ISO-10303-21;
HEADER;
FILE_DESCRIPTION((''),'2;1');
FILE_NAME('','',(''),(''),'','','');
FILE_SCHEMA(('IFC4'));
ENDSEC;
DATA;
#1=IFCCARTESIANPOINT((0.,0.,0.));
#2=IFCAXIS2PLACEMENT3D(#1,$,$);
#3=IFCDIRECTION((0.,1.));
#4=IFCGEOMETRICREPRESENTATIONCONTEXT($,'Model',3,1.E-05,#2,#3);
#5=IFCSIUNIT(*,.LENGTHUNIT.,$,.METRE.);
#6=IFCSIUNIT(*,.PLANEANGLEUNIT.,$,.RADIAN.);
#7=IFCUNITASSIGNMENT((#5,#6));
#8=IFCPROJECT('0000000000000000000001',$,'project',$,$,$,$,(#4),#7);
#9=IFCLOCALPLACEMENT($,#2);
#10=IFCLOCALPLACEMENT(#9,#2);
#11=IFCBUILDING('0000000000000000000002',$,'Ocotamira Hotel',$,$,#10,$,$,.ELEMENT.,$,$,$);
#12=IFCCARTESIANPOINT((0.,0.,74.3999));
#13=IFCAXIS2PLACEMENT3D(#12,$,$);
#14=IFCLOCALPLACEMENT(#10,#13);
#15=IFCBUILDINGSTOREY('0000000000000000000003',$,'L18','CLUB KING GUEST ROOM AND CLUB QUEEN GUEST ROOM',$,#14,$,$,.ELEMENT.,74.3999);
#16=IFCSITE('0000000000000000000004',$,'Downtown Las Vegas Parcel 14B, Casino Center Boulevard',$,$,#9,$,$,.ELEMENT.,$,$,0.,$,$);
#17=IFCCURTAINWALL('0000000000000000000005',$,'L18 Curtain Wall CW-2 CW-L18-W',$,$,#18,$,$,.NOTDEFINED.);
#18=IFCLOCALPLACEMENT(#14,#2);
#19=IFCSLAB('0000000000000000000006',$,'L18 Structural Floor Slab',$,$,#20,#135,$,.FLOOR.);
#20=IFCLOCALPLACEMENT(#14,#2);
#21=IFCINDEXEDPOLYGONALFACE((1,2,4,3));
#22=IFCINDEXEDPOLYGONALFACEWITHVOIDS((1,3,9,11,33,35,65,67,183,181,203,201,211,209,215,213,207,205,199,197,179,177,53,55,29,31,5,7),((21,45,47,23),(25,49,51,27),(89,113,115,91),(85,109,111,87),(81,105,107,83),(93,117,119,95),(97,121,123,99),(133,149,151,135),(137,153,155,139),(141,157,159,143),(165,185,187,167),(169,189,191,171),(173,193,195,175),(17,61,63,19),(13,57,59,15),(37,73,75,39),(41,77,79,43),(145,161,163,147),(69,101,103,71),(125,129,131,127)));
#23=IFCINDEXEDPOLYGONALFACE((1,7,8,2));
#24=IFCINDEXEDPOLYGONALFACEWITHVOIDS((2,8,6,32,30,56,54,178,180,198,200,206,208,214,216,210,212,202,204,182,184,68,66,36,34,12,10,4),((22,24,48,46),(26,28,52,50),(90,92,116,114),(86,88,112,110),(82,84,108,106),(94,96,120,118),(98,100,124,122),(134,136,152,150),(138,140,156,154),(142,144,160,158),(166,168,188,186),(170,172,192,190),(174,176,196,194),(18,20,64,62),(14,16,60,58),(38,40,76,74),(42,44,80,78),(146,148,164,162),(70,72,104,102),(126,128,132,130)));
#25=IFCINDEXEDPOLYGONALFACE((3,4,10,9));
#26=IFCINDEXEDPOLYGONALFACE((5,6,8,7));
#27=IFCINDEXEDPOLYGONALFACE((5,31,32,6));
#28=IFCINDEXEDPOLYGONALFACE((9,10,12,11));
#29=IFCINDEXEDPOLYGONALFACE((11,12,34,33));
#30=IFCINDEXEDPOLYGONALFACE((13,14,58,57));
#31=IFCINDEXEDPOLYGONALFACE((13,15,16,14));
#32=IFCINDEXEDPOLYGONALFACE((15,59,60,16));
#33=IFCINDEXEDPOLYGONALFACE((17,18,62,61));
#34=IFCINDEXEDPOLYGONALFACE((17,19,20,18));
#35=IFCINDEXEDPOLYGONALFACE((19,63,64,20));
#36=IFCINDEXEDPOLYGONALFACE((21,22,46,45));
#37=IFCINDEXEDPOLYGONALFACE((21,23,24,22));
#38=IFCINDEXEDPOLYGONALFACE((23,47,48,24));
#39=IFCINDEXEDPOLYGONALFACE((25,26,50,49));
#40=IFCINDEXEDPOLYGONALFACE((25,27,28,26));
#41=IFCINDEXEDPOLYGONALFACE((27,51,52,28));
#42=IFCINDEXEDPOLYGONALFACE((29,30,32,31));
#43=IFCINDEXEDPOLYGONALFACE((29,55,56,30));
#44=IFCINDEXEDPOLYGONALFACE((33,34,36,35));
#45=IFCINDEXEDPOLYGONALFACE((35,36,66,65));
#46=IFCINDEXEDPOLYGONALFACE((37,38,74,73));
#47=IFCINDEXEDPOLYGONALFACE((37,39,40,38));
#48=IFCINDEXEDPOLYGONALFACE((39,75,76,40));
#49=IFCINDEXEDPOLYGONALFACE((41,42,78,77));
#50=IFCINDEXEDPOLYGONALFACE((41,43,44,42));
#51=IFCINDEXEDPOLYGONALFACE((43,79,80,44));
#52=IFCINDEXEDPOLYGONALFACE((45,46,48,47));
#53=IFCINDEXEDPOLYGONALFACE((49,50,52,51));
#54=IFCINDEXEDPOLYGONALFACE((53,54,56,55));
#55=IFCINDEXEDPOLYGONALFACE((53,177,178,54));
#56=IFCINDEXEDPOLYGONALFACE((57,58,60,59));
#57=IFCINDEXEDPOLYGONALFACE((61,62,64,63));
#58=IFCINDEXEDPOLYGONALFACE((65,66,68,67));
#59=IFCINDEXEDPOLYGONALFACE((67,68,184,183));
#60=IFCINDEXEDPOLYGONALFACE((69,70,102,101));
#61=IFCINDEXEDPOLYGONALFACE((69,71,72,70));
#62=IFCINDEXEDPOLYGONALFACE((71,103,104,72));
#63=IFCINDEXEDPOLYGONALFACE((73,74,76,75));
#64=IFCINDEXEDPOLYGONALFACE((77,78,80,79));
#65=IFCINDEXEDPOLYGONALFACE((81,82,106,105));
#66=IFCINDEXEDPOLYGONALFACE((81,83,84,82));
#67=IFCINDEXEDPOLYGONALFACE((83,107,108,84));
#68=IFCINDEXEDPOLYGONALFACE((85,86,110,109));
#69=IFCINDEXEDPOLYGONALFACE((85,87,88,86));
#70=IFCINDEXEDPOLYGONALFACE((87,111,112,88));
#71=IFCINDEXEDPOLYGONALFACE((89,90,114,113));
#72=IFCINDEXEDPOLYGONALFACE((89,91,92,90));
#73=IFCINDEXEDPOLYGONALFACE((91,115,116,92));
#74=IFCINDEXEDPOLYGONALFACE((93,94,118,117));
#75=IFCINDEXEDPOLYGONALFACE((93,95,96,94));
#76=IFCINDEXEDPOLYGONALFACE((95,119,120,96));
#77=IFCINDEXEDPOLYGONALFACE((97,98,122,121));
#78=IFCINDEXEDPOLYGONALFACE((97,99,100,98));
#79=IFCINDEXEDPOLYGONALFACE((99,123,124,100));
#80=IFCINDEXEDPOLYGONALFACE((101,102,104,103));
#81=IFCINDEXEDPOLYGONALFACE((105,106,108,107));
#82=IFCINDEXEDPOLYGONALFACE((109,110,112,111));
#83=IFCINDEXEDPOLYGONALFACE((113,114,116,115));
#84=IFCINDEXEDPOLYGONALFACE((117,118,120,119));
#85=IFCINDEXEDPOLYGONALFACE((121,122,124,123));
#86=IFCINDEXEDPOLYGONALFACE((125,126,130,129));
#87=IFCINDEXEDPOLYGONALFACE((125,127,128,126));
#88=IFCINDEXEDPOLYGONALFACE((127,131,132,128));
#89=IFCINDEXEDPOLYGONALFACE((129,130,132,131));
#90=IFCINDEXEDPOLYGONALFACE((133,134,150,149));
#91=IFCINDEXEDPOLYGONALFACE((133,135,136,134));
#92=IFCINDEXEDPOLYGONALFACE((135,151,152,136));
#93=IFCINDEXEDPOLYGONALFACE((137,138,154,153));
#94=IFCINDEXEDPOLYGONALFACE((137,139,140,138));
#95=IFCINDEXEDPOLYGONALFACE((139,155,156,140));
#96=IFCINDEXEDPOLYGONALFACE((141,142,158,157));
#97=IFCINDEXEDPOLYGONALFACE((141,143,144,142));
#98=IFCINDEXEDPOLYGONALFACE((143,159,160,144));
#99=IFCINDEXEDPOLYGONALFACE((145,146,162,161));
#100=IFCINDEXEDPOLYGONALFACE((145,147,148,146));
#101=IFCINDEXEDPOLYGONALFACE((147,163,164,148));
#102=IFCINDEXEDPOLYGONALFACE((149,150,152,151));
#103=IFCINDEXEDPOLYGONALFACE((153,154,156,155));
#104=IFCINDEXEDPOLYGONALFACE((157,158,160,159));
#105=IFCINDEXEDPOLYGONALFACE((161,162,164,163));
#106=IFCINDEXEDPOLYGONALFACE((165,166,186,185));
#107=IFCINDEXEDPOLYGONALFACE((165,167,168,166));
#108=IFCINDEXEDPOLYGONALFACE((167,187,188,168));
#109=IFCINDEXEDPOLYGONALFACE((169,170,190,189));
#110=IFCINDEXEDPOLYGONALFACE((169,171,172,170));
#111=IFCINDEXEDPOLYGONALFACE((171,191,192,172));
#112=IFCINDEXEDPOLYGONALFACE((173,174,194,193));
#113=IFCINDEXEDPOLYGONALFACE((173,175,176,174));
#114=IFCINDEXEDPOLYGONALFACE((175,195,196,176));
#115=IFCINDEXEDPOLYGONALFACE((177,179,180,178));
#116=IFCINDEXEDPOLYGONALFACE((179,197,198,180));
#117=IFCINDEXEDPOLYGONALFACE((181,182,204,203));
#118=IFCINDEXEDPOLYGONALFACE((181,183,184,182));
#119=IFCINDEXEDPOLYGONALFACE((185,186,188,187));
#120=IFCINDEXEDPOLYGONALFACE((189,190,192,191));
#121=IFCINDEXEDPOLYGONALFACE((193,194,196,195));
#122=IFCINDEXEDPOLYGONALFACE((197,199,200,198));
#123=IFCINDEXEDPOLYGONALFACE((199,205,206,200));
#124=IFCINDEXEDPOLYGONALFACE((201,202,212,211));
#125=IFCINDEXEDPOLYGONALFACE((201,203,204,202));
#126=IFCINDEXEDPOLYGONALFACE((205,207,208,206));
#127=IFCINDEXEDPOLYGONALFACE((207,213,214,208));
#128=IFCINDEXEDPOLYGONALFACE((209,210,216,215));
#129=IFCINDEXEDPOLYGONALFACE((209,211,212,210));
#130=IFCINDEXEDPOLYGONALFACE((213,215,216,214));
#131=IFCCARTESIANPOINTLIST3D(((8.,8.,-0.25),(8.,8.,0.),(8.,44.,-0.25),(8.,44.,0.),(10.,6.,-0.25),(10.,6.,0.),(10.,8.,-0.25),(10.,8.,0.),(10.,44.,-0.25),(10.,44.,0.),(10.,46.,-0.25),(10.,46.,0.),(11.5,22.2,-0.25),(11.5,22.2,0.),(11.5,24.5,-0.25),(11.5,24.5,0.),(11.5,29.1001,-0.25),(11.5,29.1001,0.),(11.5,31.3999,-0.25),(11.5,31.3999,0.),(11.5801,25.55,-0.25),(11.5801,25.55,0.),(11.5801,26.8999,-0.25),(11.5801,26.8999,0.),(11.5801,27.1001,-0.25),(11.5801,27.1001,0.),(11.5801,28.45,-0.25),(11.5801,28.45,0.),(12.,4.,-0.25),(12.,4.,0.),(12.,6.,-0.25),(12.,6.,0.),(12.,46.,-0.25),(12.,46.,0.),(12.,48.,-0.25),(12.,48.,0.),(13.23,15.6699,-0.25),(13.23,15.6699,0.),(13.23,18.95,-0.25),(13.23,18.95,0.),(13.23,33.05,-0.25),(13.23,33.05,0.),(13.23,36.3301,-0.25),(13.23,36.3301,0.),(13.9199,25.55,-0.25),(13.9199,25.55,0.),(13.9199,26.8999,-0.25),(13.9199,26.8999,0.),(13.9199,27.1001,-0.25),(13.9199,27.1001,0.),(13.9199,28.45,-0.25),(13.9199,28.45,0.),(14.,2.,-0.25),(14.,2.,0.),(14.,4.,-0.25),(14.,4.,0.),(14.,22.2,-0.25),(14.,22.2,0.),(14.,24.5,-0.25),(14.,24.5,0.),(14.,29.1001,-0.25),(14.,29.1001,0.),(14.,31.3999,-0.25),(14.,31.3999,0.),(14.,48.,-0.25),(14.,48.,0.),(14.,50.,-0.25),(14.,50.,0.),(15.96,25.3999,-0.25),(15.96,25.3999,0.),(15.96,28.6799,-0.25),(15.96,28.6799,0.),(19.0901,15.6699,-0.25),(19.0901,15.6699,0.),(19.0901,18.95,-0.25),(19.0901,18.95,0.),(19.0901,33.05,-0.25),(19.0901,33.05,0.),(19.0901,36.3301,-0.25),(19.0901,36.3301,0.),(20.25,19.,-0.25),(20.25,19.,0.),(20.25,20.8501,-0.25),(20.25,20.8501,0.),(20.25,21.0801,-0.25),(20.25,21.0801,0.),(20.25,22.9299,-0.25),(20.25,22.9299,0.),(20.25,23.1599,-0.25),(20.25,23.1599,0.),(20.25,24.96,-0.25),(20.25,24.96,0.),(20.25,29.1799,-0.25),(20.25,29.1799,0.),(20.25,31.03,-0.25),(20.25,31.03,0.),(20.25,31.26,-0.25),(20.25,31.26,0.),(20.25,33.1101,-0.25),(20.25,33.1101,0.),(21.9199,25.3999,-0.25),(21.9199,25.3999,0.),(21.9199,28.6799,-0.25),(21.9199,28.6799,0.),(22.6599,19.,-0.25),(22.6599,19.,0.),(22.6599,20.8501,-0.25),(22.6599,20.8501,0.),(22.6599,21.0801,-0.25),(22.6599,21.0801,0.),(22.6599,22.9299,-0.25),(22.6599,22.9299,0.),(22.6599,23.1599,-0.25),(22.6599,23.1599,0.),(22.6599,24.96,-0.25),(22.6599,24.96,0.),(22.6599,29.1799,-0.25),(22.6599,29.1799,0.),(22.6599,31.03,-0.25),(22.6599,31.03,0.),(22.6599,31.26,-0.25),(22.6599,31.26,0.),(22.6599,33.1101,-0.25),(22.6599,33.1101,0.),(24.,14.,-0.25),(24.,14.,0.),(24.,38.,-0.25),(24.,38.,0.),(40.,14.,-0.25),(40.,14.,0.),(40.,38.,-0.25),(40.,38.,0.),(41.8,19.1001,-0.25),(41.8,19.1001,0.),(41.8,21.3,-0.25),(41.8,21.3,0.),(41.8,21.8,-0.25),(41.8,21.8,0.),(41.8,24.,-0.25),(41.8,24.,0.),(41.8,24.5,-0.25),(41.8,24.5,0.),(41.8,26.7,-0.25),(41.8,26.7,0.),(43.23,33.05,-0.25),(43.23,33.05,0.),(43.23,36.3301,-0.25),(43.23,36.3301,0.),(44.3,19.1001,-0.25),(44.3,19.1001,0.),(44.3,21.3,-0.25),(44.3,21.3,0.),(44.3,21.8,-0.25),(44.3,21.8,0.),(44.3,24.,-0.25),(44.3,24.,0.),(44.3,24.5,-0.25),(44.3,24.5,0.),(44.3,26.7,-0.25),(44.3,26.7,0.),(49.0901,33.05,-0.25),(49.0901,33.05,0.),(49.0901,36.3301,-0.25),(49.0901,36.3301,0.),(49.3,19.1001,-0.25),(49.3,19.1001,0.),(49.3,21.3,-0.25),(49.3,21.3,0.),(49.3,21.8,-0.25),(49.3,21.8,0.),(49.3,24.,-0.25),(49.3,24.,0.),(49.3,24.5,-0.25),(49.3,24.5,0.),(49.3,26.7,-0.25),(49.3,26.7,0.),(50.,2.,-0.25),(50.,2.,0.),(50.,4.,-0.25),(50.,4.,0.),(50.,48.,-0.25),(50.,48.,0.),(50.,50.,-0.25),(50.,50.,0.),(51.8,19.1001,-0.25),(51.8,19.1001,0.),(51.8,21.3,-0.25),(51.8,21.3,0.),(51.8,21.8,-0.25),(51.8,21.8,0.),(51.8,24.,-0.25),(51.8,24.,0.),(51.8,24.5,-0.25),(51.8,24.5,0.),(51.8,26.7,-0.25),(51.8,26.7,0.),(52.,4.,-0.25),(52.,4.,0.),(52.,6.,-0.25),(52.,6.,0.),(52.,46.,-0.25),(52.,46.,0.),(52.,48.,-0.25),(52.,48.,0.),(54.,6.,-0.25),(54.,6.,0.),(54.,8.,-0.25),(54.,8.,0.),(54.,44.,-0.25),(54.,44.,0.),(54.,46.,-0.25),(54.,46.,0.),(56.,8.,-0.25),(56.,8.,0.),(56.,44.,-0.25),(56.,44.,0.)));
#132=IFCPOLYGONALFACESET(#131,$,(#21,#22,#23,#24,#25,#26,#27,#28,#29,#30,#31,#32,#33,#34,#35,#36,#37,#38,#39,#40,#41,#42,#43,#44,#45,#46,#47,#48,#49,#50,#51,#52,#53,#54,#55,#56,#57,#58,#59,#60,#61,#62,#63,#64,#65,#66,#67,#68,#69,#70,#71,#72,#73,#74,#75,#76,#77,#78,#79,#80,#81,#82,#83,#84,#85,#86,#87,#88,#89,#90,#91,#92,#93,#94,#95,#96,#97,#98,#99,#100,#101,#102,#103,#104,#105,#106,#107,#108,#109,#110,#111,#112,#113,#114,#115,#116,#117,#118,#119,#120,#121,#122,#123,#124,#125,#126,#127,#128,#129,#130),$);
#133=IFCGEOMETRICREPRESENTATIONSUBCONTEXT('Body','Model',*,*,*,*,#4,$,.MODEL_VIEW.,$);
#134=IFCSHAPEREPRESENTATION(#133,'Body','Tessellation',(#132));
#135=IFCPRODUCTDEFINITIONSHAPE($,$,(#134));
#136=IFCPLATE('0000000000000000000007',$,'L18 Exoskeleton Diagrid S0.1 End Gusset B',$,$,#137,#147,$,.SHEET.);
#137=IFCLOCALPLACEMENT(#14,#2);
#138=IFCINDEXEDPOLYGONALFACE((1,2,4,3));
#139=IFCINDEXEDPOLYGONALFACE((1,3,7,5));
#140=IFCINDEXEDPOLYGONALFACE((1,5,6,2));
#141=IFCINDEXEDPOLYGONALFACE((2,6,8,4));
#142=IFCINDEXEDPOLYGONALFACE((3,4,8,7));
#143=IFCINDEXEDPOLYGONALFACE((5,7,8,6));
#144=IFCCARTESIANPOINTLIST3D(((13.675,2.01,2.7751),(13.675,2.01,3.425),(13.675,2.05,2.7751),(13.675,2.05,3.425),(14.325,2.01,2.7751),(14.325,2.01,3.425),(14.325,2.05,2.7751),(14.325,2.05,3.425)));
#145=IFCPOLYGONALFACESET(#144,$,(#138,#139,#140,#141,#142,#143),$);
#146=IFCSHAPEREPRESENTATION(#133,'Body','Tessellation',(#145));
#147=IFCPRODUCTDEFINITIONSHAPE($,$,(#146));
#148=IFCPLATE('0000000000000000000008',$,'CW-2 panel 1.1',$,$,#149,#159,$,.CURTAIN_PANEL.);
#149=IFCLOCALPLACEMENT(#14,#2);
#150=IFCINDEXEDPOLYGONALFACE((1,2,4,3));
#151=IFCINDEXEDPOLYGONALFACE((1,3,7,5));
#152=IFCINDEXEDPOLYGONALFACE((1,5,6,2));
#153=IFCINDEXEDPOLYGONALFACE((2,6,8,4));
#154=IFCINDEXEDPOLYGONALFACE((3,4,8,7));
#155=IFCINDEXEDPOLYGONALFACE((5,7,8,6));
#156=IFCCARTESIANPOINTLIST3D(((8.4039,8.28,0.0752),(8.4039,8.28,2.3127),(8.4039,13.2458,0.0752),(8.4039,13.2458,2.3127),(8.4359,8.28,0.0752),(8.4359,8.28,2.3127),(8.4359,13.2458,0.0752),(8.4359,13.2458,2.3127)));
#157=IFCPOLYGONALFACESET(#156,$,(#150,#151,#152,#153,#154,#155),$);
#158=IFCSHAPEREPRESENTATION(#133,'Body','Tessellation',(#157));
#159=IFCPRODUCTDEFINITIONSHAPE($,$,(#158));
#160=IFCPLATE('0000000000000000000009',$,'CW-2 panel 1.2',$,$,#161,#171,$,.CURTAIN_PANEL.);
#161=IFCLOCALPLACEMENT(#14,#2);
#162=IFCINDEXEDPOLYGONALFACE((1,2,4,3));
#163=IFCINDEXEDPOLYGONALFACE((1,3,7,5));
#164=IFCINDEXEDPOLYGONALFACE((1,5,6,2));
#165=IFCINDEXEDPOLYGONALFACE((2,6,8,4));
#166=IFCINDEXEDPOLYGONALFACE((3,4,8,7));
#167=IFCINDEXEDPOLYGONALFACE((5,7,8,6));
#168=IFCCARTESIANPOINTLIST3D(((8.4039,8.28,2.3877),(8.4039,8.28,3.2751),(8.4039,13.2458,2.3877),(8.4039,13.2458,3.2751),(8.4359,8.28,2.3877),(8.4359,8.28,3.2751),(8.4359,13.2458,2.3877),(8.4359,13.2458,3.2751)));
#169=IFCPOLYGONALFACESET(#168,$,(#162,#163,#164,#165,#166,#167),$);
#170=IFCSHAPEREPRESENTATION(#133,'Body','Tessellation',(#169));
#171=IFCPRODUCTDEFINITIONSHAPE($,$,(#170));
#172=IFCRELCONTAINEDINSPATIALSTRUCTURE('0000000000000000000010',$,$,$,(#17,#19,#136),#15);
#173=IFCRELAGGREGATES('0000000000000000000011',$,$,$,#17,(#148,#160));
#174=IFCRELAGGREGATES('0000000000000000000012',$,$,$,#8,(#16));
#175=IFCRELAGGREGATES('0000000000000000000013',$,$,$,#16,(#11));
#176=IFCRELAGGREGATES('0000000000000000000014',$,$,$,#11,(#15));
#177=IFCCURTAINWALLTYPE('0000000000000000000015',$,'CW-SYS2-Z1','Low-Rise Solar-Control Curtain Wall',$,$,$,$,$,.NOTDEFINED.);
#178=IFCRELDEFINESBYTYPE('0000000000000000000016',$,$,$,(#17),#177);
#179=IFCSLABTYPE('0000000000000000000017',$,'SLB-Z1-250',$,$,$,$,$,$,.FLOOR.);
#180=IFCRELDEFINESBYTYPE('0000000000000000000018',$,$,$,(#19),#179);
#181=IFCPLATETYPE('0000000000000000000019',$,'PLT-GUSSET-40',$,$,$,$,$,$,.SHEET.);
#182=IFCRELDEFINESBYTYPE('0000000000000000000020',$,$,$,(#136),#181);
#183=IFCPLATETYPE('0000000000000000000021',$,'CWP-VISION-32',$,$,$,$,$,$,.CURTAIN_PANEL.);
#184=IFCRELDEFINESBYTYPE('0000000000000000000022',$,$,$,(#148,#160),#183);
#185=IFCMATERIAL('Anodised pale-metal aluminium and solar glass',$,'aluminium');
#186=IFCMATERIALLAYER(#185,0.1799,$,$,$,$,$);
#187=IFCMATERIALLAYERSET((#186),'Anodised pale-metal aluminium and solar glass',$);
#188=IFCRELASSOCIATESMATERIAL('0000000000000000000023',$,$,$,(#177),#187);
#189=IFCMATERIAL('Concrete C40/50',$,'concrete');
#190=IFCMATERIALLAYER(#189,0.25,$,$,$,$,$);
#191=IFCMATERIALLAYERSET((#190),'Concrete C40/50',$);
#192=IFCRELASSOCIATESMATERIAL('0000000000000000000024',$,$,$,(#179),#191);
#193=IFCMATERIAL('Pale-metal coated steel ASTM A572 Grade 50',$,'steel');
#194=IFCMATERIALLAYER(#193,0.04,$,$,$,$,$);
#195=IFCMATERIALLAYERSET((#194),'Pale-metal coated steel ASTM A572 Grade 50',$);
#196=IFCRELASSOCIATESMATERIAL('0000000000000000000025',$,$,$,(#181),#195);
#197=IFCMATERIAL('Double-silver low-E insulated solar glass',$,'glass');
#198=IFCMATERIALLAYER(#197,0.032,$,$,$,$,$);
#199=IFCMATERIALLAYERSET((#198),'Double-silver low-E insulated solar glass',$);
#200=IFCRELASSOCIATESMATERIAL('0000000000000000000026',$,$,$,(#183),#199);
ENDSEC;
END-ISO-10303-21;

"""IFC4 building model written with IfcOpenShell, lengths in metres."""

from ifc_helpers import new_model, si_unit, direction, frame, origin, origin_2d, place, context, subcontext, project, spatial, polyline, rectangle, outline, extrude, source, transform, mapped, material, layer, layer_set, type_object, element, aggregate, save


model = new_model("IFC4")

# Units and contexts
model_context = context("Model", 3, precision=1e-05, world=origin(), true_north=direction((0.0, 1.0)))
body_context = subcontext(model_context, "Body", "Model", "MODEL_VIEW")
ifc_project = project(units=[si_unit("LENGTHUNIT", "METRE"), si_unit("PLANEANGLEUNIT", "RADIAN")], contexts=[model_context])

# Site, building, storey
site_placement = place(None, origin())
site = spatial("IfcSite", under=ifc_project, at=site_placement, Name="Downtown Las Vegas Parcel 14B, Casino Center Boulevard", CompositionType="ELEMENT", RefElevation=0.0)
building_placement = place(site_placement, origin())
building = spatial("IfcBuilding", under=site, at=building_placement, Name="Ocotamira Hotel", CompositionType="ELEMENT")
storey_placement = place(building_placement, frame((0.0, 0.0, 74.3999)))
storey = spatial("IfcBuildingStorey", under=building, at=storey_placement, Name="L18", Description="CLUB KING GUEST ROOM AND CLUB QUEEN GUEST ROOM", CompositionType="ELEMENT", Elevation=74.3999)

# Curtain wall
ifc_material_1 = material(Name="Anodised pale-metal aluminium and solar glass", Category="aluminium")
ifc_layer_1 = layer(ifc_material_1, 0.1799)
ifc_layer_set_1 = layer_set([ifc_layer_1], Name="Anodised pale-metal aluminium and solar glass")
curtain_wall_type = type_object("IfcCurtainWallType", Name="CW-SYS2-Z1", Description="Low-Rise Solar-Control Curtain Wall", PredefinedType="NOTDEFINED", material=ifc_layer_set_1)
curtain_wall_1_placement = place(storey_placement, origin())
curtain_wall_1 = element("IfcCurtainWall", 1, at=curtain_wall_1_placement, inside=storey, type_object=curtain_wall_type, Name="L18 Curtain Wall CW-2 CW-L18-W", PredefinedType="NOTDEFINED")

# Shared definitions
ifc_material_2 = material(Name="Concrete C40/50", Category="concrete")

# Slab
ifc_layer_2 = layer(ifc_material_2, 0.25)
ifc_layer_set_2 = layer_set([ifc_layer_2], Name="Concrete C40/50")
slab_type_1 = type_object("IfcSlabType", Name="SLB-Z1-250", PredefinedType="FLOOR", material=ifc_layer_set_2)
slab_1_placement = place(storey_placement, frame((0.0, 0.0, -0.25)))
element("IfcSlab", 2, at=slab_1_placement, inside=storey, type_object=slab_type_1, Name="L18 Structural Floor Slab", PredefinedType="FLOOR", context=body_context, shape_type="SweptSolid", body=[
    extrude(outline(polyline([(14.0, 2.0), (50.0, 2.0), (50.0, 4.0), (52.0, 4.0), (52.0, 6.0), (54.0, 6.0), (54.0, 8.0), (56.0, 8.0), (56.0, 44.0), (54.0, 44.0), (54.0, 46.0), (52.0, 46.0), (52.0, 48.0), (50.0, 48.0), (50.0, 50.0), (14.0, 50.0), (14.0, 48.0), (12.0, 48.0), (12.0, 46.0), (10.0, 46.0), (10.0, 44.0), (8.0, 44.0), (8.0, 8.0), (10.0, 8.0), (10.0, 6.0), (12.0, 6.0), (12.0, 4.0), (14.0, 4.0), (14.0, 2.0)]), holes=[polyline([(24.0, 14.0), (40.0, 14.0), (40.0, 38.0), (24.0, 38.0), (24.0, 14.0)]), polyline([(13.23, 15.6699), (19.0901, 15.6699), (19.0901, 18.95), (13.23, 18.95), (13.23, 15.6699)]), polyline([(13.23, 33.05), (19.0901, 33.05), (19.0901, 36.3301), (13.23, 36.3301), (13.23, 33.05)]), polyline([(15.96, 25.3999), (21.9199, 25.3999), (21.9199, 28.6799), (15.96, 28.6799), (15.96, 25.3999)]), polyline([(43.23, 33.05), (49.0901, 33.05), (49.0901, 36.3301), (43.23, 36.3301), (43.23, 33.05)]), polyline([(49.3, 19.1001), (51.8, 19.1001), (51.8, 21.3), (49.3, 21.3), (49.3, 19.1001)]), polyline([(49.3, 21.8), (51.8, 21.8), (51.8, 24.0), (49.3, 24.0), (49.3, 21.8)]), polyline([(49.3, 24.5), (51.8, 24.5), (51.8, 26.7), (49.3, 26.7), (49.3, 24.5)]), polyline([(41.8, 19.1001), (44.3, 19.1001), (44.3, 21.3), (41.8, 21.3), (41.8, 19.1001)]), polyline([(41.8, 21.8), (44.3, 21.8), (44.3, 24.0), (41.8, 24.0), (41.8, 21.8)]), polyline([(41.8, 24.5), (44.3, 24.5), (44.3, 26.7), (41.8, 26.7), (41.8, 24.5)]), polyline([(20.25, 19.0), (22.6599, 19.0), (22.6599, 20.8501), (20.25, 20.8501), (20.25, 19.0)]), polyline([(20.25, 21.0801), (22.6599, 21.0801), (22.6599, 22.9299), (20.25, 22.9299), (20.25, 21.0801)]), polyline([(20.25, 23.1599), (22.6599, 23.1599), (22.6599, 24.96), (20.25, 24.96), (20.25, 23.1599)]), polyline([(20.25, 29.1799), (22.6599, 29.1799), (22.6599, 31.03), (20.25, 31.03), (20.25, 29.1799)]), polyline([(20.25, 31.26), (22.6599, 31.26), (22.6599, 33.1101), (20.25, 33.1101), (20.25, 31.26)]), polyline([(11.5, 22.2), (14.0, 22.2), (14.0, 24.5), (11.5, 24.5), (11.5, 22.2)]), polyline([(11.5, 29.1001), (14.0, 29.1001), (14.0, 31.3999), (11.5, 31.3999), (11.5, 29.1001)]), polyline([(11.5801, 25.55), (13.9199, 25.55), (13.9199, 26.8999), (11.5801, 26.8999), (11.5801, 25.55)]), polyline([(11.5801, 27.1001), (13.9199, 27.1001), (13.9199, 28.45), (11.5801, 28.45), (11.5801, 27.1001)])]), origin(), (0.0, 0.0, 1.0), 0.25),
])

# Plates
ifc_material_3 = material(Name="Pale-metal coated steel ASTM A572 Grade 50", Category="steel")
ifc_layer_3 = layer(ifc_material_3, 0.04)
ifc_layer_set_3 = layer_set([ifc_layer_3], Name="Pale-metal coated steel ASTM A572 Grade 50")
plate_type_1 = type_object("IfcPlateType", Name="PLT-GUSSET-40", PredefinedType="SHEET", material=ifc_layer_set_3)
shared_shape_1 = source(origin(), body_context, "Body", "SweptSolid", [
    extrude(rectangle(XDim=0.6499, YDim=0.04, at=origin_2d()), origin(), (0.0, 0.0, 1.0), 0.6499),
])
plate_1_placement = place(storey_placement, frame((14.0, 2.03, 2.7751), z_axis=(0.0, 0.0, 1.0), x_axis=(-1.0, 0.0, 0.0)))
element("IfcPlate", 3, at=plate_1_placement, inside=storey, type_object=plate_type_1, Name="L18 Exoskeleton Diagrid S0.1 End Gusset B", PredefinedType="SHEET", context=body_context, shape_type="MappedRepresentation", body=[
    mapped(shared_shape_1, transform((0.0, 0.0, 0.0), scale=1.0)),
])
ifc_material_4 = material(Name="Double-silver low-E insulated solar glass", Category="glass")
ifc_layer_4 = layer(ifc_material_4, 0.032)
ifc_layer_set_4 = layer_set([ifc_layer_4], Name="Double-silver low-E insulated solar glass")
plate_type_2 = type_object("IfcPlateType", Name="CWP-VISION-32", PredefinedType="CURTAIN_PANEL", material=ifc_layer_set_4)
shared_shape_2 = source(origin(), body_context, "Body", "SweptSolid", [
    extrude(rectangle(XDim=4.9658, YDim=0.032, at=origin_2d()), origin(), (0.0, 0.0, 1.0), 2.2375),
])
plate_2_placement = place(storey_placement, frame((8.4199, 10.7629, 0.0752), z_axis=(0.0, 0.0, 1.0), x_axis=(0.0, 1.0, 0.0)))
plate_2 = element("IfcPlate", 4, at=plate_2_placement, type_object=plate_type_2, Name="CW-2 panel 1.1", PredefinedType="CURTAIN_PANEL", context=body_context, shape_type="MappedRepresentation", body=[
    mapped(shared_shape_2, transform((0.0, 0.0, 0.0), scale=1.0)),
])
shared_shape_3 = source(origin(), body_context, "Body", "SweptSolid", [
    extrude(rectangle(XDim=4.9658, YDim=0.032, at=origin_2d()), origin(), (0.0, 0.0, 1.0), 0.8875),
])
plate_3_placement = place(storey_placement, frame((8.4199, 10.7629, 2.3877), z_axis=(0.0, 0.0, 1.0), x_axis=(0.0, 1.0, 0.0)))
plate_3 = element("IfcPlate", 5, at=plate_3_placement, type_object=plate_type_2, Name="CW-2 panel 1.2", PredefinedType="CURTAIN_PANEL", context=body_context, shape_type="MappedRepresentation", body=[
    mapped(shared_shape_3, transform((0.0, 0.0, 0.0), scale=1.0)),
])
aggregate(curtain_wall_1, [plate_2, plate_3])

save(model, "model.ifc")
